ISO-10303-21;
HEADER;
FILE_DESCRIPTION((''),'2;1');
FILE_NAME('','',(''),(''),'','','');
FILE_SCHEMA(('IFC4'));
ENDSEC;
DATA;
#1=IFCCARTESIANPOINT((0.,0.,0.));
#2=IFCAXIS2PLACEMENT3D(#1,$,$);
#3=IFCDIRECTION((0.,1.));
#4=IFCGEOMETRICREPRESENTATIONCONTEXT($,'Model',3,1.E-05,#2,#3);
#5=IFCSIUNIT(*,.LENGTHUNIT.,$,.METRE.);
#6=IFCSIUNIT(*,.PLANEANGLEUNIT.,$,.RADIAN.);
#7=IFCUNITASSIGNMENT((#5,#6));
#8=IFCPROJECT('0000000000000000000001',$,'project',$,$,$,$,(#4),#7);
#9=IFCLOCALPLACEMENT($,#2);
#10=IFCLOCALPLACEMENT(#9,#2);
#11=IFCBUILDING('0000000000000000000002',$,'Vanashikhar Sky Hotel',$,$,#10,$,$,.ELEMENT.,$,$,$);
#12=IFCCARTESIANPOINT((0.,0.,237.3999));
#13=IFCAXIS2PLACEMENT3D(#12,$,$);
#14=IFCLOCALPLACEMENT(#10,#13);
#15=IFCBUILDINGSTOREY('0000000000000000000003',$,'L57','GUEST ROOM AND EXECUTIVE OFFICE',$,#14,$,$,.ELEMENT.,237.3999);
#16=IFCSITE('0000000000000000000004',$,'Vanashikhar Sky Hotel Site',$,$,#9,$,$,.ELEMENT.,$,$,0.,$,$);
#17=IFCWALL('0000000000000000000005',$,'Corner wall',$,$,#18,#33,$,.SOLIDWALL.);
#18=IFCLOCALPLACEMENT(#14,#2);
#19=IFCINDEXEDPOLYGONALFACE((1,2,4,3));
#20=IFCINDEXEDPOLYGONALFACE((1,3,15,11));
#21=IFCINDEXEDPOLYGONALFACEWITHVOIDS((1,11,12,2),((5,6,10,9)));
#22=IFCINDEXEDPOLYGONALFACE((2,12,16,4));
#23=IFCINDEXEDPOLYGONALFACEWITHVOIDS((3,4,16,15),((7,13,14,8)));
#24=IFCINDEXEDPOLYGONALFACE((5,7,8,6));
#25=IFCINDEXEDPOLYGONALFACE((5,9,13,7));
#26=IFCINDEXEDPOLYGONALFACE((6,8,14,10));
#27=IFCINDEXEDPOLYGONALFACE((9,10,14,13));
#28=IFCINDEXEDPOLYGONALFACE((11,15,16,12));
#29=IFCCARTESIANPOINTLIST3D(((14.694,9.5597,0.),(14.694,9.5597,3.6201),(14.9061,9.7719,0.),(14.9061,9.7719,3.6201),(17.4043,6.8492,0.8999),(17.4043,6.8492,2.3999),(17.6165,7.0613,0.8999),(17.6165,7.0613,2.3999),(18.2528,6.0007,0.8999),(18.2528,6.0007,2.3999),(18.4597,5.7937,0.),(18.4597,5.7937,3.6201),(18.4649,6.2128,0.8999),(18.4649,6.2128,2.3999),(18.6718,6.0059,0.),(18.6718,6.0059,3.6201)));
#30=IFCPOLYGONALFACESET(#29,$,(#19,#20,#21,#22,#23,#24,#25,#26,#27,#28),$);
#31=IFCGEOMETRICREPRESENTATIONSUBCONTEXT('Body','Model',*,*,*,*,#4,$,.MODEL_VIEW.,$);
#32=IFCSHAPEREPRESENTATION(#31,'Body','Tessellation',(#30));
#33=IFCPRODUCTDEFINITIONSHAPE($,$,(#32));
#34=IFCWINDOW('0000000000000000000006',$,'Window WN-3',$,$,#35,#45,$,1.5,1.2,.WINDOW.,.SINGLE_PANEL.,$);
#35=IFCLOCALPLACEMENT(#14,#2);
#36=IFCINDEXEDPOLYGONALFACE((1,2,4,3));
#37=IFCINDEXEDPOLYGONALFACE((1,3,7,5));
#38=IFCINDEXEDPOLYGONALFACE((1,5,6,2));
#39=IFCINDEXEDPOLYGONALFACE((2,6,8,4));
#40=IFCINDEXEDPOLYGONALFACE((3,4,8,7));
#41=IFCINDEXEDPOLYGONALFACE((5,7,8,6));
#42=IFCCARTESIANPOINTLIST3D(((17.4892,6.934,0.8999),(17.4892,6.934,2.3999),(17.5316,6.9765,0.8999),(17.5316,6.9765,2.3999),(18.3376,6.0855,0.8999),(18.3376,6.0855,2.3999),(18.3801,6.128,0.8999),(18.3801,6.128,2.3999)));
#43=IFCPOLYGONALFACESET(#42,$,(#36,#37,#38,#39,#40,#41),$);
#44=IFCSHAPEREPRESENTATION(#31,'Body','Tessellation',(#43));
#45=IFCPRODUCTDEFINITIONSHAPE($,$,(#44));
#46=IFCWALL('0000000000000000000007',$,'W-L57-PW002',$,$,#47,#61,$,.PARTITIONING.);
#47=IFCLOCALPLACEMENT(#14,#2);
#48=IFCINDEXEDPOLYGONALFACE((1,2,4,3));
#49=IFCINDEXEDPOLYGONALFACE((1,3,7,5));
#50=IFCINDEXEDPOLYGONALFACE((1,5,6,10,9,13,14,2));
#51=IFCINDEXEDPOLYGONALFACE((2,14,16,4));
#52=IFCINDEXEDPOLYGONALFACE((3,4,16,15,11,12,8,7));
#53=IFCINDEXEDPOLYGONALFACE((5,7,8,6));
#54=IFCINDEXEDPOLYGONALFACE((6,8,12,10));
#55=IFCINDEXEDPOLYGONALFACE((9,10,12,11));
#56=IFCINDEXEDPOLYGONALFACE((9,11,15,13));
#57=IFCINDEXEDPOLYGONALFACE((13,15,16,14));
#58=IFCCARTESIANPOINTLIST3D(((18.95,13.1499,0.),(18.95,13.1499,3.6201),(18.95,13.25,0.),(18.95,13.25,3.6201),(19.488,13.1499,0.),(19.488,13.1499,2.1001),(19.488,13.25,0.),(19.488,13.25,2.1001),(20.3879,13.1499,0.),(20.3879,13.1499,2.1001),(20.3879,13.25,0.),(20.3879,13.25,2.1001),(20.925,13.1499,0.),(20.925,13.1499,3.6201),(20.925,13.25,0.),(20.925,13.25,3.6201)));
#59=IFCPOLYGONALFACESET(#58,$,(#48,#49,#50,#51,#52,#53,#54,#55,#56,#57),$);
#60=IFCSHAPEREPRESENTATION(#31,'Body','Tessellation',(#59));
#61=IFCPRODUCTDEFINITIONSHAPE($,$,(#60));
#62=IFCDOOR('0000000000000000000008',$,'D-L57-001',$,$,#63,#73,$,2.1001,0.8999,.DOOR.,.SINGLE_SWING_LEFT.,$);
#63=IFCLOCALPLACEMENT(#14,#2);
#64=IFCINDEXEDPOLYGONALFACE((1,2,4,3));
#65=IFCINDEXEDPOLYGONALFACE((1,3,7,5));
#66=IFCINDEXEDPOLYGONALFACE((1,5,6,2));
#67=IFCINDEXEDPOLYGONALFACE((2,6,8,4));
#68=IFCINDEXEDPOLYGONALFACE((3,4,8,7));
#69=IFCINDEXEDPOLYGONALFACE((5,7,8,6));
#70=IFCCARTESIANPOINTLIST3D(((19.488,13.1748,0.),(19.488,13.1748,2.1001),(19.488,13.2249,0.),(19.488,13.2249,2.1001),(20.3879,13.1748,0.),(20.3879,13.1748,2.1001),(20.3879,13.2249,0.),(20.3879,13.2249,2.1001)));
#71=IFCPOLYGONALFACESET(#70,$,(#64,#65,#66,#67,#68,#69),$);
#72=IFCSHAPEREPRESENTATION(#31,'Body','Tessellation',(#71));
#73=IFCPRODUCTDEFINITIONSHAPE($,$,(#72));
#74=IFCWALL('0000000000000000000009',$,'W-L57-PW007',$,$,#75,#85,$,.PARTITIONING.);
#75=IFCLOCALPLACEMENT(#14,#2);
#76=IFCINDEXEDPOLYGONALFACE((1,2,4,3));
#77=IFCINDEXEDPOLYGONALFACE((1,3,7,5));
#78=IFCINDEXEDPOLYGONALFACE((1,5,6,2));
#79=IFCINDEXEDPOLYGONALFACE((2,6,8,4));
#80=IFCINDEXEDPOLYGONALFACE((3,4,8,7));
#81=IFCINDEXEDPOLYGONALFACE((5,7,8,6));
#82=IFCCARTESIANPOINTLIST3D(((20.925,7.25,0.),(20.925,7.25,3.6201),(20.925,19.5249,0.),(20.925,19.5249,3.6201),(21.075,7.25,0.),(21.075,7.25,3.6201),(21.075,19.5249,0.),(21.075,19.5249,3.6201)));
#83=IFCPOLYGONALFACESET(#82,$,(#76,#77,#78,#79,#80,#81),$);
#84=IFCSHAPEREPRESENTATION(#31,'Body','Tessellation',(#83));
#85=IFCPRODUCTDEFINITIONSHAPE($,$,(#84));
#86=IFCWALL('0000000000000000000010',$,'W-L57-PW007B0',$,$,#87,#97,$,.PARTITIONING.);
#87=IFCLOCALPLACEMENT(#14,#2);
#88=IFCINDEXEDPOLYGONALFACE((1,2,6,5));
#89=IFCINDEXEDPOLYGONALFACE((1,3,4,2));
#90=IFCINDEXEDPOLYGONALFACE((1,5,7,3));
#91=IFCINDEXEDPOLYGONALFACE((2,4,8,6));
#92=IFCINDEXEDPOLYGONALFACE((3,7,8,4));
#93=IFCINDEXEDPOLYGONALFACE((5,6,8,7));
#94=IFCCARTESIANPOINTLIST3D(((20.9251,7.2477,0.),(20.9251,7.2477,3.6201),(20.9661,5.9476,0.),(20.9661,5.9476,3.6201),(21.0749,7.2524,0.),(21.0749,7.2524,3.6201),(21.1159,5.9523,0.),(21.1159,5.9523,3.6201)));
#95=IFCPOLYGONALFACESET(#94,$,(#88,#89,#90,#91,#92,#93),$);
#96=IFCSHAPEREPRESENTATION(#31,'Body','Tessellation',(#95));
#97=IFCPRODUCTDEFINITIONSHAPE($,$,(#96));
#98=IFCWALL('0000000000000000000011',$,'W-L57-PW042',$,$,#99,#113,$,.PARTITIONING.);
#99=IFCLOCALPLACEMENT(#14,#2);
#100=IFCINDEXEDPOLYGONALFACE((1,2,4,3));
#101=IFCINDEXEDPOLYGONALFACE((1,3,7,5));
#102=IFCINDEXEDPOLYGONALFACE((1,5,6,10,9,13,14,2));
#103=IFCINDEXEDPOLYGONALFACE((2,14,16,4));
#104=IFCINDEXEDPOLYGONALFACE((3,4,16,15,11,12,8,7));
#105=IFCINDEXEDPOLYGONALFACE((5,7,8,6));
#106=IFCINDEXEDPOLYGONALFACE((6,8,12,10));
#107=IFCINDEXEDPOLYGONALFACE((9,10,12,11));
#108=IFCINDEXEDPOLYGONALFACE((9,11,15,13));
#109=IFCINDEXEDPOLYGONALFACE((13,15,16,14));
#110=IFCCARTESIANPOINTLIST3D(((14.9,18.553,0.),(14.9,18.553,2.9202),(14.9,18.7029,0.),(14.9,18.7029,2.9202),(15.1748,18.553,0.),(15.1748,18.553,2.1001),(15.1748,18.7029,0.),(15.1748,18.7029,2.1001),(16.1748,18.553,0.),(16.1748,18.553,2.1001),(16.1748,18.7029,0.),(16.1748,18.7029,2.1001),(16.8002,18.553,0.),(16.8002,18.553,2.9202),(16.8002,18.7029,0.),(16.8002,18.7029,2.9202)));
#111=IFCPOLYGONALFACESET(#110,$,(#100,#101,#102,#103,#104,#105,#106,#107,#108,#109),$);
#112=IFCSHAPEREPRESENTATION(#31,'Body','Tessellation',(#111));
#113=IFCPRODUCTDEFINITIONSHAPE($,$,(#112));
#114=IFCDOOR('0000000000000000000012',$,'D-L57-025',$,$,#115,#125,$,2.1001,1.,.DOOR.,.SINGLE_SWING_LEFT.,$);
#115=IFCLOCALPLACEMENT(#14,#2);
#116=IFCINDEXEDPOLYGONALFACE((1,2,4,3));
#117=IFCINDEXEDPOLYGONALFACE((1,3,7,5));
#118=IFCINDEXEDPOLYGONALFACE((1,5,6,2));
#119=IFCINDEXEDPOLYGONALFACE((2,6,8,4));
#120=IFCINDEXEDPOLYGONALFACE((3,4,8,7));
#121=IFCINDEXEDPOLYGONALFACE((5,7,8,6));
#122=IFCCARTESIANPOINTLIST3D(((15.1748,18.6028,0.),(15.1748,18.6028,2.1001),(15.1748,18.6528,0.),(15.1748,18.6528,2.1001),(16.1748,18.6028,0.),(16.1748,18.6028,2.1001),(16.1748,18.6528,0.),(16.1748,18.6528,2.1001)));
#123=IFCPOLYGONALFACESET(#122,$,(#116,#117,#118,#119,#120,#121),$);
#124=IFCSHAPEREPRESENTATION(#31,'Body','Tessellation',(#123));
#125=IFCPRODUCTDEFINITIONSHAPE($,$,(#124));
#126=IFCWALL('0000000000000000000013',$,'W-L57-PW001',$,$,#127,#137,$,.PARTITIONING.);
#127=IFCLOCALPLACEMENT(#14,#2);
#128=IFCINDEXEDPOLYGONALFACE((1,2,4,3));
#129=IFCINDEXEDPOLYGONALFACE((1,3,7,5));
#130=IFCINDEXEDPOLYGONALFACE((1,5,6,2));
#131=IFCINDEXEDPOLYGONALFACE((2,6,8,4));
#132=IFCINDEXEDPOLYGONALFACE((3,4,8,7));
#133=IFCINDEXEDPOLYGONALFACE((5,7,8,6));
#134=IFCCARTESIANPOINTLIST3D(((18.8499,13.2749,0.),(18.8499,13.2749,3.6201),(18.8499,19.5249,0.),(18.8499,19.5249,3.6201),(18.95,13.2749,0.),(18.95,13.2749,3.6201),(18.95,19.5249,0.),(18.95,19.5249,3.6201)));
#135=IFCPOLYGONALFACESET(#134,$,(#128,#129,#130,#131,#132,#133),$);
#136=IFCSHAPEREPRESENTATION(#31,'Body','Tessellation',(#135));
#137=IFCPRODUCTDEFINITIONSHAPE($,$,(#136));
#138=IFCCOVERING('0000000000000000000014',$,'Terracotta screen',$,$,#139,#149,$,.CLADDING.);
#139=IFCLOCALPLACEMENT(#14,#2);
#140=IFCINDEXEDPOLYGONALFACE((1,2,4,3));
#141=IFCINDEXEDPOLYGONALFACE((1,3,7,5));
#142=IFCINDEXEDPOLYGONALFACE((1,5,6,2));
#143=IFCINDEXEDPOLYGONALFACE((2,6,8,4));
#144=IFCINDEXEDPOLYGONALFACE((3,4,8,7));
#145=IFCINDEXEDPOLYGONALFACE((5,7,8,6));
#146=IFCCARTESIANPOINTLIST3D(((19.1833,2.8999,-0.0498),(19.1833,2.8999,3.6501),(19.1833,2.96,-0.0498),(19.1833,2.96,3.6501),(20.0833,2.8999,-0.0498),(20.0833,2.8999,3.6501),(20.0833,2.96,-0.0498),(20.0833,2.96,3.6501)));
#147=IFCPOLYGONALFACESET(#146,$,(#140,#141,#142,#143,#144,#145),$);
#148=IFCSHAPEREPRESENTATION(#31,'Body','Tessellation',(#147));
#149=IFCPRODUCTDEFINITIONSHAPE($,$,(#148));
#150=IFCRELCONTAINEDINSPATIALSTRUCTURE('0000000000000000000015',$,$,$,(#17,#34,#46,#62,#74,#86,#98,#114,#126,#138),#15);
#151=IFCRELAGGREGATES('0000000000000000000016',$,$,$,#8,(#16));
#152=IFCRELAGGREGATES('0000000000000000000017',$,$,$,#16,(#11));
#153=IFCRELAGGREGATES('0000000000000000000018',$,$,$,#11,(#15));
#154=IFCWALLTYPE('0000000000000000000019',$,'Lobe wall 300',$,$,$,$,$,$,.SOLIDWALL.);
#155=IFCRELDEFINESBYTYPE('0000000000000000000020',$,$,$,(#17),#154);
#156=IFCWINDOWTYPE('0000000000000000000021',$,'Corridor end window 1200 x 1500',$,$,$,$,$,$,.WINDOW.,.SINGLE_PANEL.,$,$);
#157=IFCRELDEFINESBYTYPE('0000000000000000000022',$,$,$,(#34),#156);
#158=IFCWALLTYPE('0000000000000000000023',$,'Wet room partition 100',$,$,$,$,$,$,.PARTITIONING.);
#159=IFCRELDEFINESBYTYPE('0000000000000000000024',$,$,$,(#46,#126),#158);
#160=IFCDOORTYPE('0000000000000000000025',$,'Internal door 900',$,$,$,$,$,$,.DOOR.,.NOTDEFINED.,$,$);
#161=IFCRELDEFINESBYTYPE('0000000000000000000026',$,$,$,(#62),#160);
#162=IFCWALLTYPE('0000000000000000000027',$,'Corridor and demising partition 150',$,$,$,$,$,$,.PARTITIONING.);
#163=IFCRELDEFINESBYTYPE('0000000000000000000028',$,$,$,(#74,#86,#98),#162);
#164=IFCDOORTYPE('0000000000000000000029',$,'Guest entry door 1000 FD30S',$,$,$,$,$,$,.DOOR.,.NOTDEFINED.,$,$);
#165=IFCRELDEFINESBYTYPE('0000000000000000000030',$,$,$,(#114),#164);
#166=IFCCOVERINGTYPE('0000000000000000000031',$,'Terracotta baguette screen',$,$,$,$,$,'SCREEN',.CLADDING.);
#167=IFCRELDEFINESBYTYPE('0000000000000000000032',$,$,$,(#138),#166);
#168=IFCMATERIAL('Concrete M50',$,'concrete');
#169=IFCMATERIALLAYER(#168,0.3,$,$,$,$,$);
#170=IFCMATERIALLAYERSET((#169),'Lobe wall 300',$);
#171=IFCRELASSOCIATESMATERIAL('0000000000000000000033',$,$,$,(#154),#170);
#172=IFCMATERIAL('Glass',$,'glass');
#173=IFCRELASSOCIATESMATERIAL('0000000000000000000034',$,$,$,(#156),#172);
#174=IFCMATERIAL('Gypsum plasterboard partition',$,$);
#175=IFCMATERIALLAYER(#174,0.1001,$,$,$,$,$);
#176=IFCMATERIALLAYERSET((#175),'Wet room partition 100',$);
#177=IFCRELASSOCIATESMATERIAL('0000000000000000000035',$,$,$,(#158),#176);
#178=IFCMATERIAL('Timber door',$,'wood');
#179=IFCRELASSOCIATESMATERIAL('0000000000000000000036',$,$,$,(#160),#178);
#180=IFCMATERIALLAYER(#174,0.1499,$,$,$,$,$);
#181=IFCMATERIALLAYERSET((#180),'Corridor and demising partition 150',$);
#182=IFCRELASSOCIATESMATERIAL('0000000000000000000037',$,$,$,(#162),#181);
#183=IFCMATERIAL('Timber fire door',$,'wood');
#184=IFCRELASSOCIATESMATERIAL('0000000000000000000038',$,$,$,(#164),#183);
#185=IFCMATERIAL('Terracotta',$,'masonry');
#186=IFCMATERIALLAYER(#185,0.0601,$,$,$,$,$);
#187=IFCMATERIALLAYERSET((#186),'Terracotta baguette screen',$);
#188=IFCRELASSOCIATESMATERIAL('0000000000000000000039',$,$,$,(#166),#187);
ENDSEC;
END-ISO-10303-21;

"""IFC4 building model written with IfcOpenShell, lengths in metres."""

from ifc_helpers import new_model, si_unit, direction, frame, frame_2d, origin, origin_2d, place, context, subcontext, project, spatial, rectangle, extrude, source, transform, mapped, material, layer, layer_set, type_object, element, fill, save


model = new_model("IFC4")

# Units and contexts
model_context = context("Model", 3, precision=1e-05, world=origin(), true_north=direction((0.0, 1.0)))
body_context = subcontext(model_context, "Body", "Model", "MODEL_VIEW")
ifc_project = project(units=[si_unit("LENGTHUNIT", "METRE"), si_unit("PLANEANGLEUNIT", "RADIAN")], contexts=[model_context])

# Site, building, storey
site_placement = place(None, origin())
site = spatial("IfcSite", under=ifc_project, at=site_placement, Name="Vanashikhar Sky Hotel Site", CompositionType="ELEMENT", RefElevation=0.0)
building_placement = place(site_placement, origin())
building = spatial("IfcBuilding", under=site, at=building_placement, Name="Vanashikhar Sky Hotel", CompositionType="ELEMENT")
storey_placement = place(building_placement, frame((0.0, 0.0, 237.3999)))
storey = spatial("IfcBuildingStorey", under=building, at=storey_placement, Name="L57", Description="GUEST ROOM AND EXECUTIVE OFFICE", CompositionType="ELEMENT", Elevation=237.3999)

# Shared definitions
ifc_material_1 = material(Name="Concrete M50", Category="concrete")

# Shared definitions
ifc_material_2 = material(Name="Glass", Category="glass")

# Wall, opening, window
ifc_layer_1 = layer(ifc_material_1, 0.3)
ifc_layer_set_1 = layer_set([ifc_layer_1], Name="Lobe wall 300")
wall_type_1 = type_object("IfcWallType", Name="Lobe wall 300", PredefinedType="SOLIDWALL", material=ifc_layer_set_1)
shared_shape_1 = source(origin(), body_context, "Body", "SweptSolid", [
    extrude(rectangle(XDim=5.3257, YDim=0.3, at=frame_2d((2.6628, 0.0))), origin(), (0.0, 0.0, 1.0), 3.6201),
])
wall_1_placement = place(storey_placement, frame((14.8, 9.6658, 0.0), z_axis=(0.0, 0.0, 1.0), x_axis=(0.707084, -0.70713, 0.0)))
wall_1 = element("IfcWall", 1, at=wall_1_placement, inside=storey, type_object=wall_type_1, Name="Corner wall", PredefinedType="SOLIDWALL", context=body_context, shape_type="MappedRepresentation", body=[
    mapped(shared_shape_1, transform((0.0, 0.0, 0.0), scale=1.0)),
])
shared_shape_2 = source(origin(), body_context, "Body", "SweptSolid", [
    extrude(rectangle(XDim=1.2, YDim=1.5, at=frame_2d((0.6001, 0.75))), frame((0.0, 0.1602, 0.0), z_axis=(0.0, -1.0, 0.0), x_axis=(1.0, 0.0, 0.0)), (0.0, 0.0, 1.0), 0.3201),
])
opening_1_placement = place(wall_1_placement, frame((3.833, 0.0, 0.8999)))
opening_1 = element("IfcOpeningElement", 2, at=opening_1_placement, cuts=wall_1, PredefinedType="OPENING", context=body_context, shape_type="MappedRepresentation", body=[
    mapped(shared_shape_2, transform((0.0, 0.0, 0.0), scale=1.0)),
])
window_type_1 = type_object("IfcWindowType", Name="Corridor end window 1200 x 1500", PartitioningType="SINGLE_PANEL", PredefinedType="WINDOW", material=ifc_material_2)
shared_shape_3 = source(origin(), body_context, "Body", "SweptSolid", [
    extrude(rectangle(XDim=1.2, YDim=1.5, at=frame_2d((0.6001, 0.75))), frame((0.0, 0.03, 0.0), z_axis=(0.0, -1.0, 0.0), x_axis=(1.0, 0.0, 0.0)), (0.0, 0.0, 1.0), 0.0601),
])
window_1_placement = place(opening_1_placement, origin())
window_1 = element("IfcWindow", 3, at=window_1_placement, inside=storey, type_object=window_type_1, Name="Window WN-3", OverallHeight=1.5, OverallWidth=1.2, PartitioningType="SINGLE_PANEL", PredefinedType="WINDOW", context=body_context, shape_type="MappedRepresentation", body=[
    mapped(shared_shape_3, transform((0.0, 0.0, 0.0), scale=1.0)),
])
fill(opening_1, window_1)

# Wall, opening, door
ifc_material_3 = material(Name="Gypsum plasterboard partition")
ifc_layer_2 = layer(ifc_material_3, 0.1001)
ifc_layer_set_2 = layer_set([ifc_layer_2], Name="Wet room partition 100")
wall_type_2 = type_object("IfcWallType", Name="Wet room partition 100", PredefinedType="PARTITIONING", material=ifc_layer_set_2)
shared_shape_4 = source(origin(), body_context, "Body", "SweptSolid", [
    extrude(rectangle(XDim=1.9751, YDim=0.1001, at=frame_2d((0.9875, 0.0))), origin(), (0.0, 0.0, 1.0), 3.6201),
])
wall_2_placement = place(storey_placement, frame((18.95, 13.2, 0.0), z_axis=(0.0, 0.0, 1.0), x_axis=(1.0, 0.0, 0.0)))
wall_2 = element("IfcWall", 4, at=wall_2_placement, inside=storey, type_object=wall_type_2, Name="W-L57-PW002", PredefinedType="PARTITIONING", context=body_context, shape_type="MappedRepresentation", body=[
    mapped(shared_shape_4, transform((0.0, 0.0, 0.0), scale=1.0)),
])
shared_shape_5 = source(origin(), body_context, "Body", "SweptSolid", [
    extrude(rectangle(XDim=0.8999, YDim=2.1001, at=frame_2d((0.45, 1.05))), frame((0.0, 0.0601, 0.0), z_axis=(0.0, -1.0, 0.0), x_axis=(1.0, 0.0, 0.0)), (0.0, 0.0, 1.0), 0.1201),
])
opening_2_placement = place(wall_2_placement, frame((0.5381, 0.0, 0.0)))
opening_2 = element("IfcOpeningElement", 5, at=opening_2_placement, cuts=wall_2, PredefinedType="OPENING", context=body_context, shape_type="MappedRepresentation", body=[
    mapped(shared_shape_5, transform((0.0, 0.0, 0.0), scale=1.0)),
])
ifc_material_4 = material(Name="Timber door", Category="wood")
door_type_1 = type_object("IfcDoorType", Name="Internal door 900", OperationType="NOTDEFINED", PredefinedType="DOOR", material=ifc_material_4)
shared_shape_6 = source(origin(), body_context, "Body", "SweptSolid", [
    extrude(rectangle(XDim=0.8999, YDim=2.1001, at=frame_2d((0.45, 1.05))), frame((0.0, 0.0249, 0.0), z_axis=(0.0, -1.0, 0.0), x_axis=(1.0, 0.0, 0.0)), (0.0, 0.0, 1.0), 0.05),
])
door_1_placement = place(opening_2_placement, origin())
door_1 = element("IfcDoor", 6, at=door_1_placement, inside=storey, type_object=door_type_1, Name="D-L57-001", OperationType="SINGLE_SWING_LEFT", OverallHeight=2.1001, OverallWidth=0.8999, PredefinedType="DOOR", context=body_context, shape_type="MappedRepresentation", body=[
    mapped(shared_shape_6, transform((0.0, 0.0, 0.0), scale=1.0)),
])
fill(opening_2, door_1)

# Walls
ifc_layer_3 = layer(ifc_material_3, 0.1499)
ifc_layer_set_3 = layer_set([ifc_layer_3], Name="Corridor and demising partition 150")
wall_type_3 = type_object("IfcWallType", Name="Corridor and demising partition 150", PredefinedType="PARTITIONING", material=ifc_layer_set_3)
shared_shape_7 = source(origin(), body_context, "Body", "SweptSolid", [
    extrude(rectangle(XDim=12.2749, YDim=0.1499, at=frame_2d((6.1375, 0.0))), origin(), (0.0, 0.0, 1.0), 3.6201),
])
wall_3_placement = place(storey_placement, frame((21.0, 7.25, 0.0), z_axis=(0.0, 0.0, 1.0), x_axis=(0.0, 1.0, 0.0)))
element("IfcWall", 7, at=wall_3_placement, inside=storey, type_object=wall_type_3, Name="W-L57-PW007", PredefinedType="PARTITIONING", context=body_context, shape_type="MappedRepresentation", body=[
    mapped(shared_shape_7, transform((0.0, 0.0, 0.0), scale=1.0)),
])
shared_shape_8 = source(origin(), body_context, "Body", "SweptSolid", [
    extrude(rectangle(XDim=1.3008, YDim=0.1499, at=frame_2d((0.6504, 0.0))), origin(), (0.0, 0.0, 1.0), 3.6201),
])
wall_4_placement = place(storey_placement, frame((21.041, 5.95, 0.0), z_axis=(0.0, 0.0, 1.0), x_axis=(-0.031534, 0.999503, 0.0)))
element("IfcWall", 8, at=wall_4_placement, inside=storey, type_object=wall_type_3, Name="W-L57-PW007B0", PredefinedType="PARTITIONING", context=body_context, shape_type="MappedRepresentation", body=[
    mapped(shared_shape_8, transform((0.0, 0.0, 0.0), scale=1.0)),
])

# Wall, opening, door
shared_shape_9 = source(origin(), body_context, "Body", "SweptSolid", [
    extrude(rectangle(XDim=1.9001, YDim=0.1499, at=frame_2d((0.9502, 0.0))), origin(), (0.0, 0.0, 1.0), 2.9202),
])
wall_5_placement = place(storey_placement, frame((14.8999, 18.6279, 0.0), z_axis=(0.0, 0.0, 1.0), x_axis=(1.0, 0.0, 0.0)))
wall_5 = element("IfcWall", 9, at=wall_5_placement, inside=storey, type_object=wall_type_3, Name="W-L57-PW042", PredefinedType="PARTITIONING", context=body_context, shape_type="MappedRepresentation", body=[
    mapped(shared_shape_9, transform((0.0, 0.0, 0.0), scale=1.0)),
])
shared_shape_10 = source(origin(), body_context, "Body", "SweptSolid", [
    extrude(rectangle(XDim=1.0, YDim=2.1001, at=frame_2d((0.5, 1.05))), frame((0.0, 0.085, 0.0), z_axis=(0.0, -1.0, 0.0), x_axis=(1.0, 0.0, 0.0)), (0.0, 0.0, 1.0), 0.1699),
])
opening_3_placement = place(wall_5_placement, frame((0.2749, 0.0, 0.0)))
opening_3 = element("IfcOpeningElement", 10, at=opening_3_placement, cuts=wall_5, PredefinedType="OPENING", context=body_context, shape_type="MappedRepresentation", body=[
    mapped(shared_shape_10, transform((0.0, 0.0, 0.0), scale=1.0)),
])
ifc_material_5 = material(Name="Timber fire door", Category="wood")
door_type_2 = type_object("IfcDoorType", Name="Guest entry door 1000 FD30S", OperationType="NOTDEFINED", PredefinedType="DOOR", material=ifc_material_5)
shared_shape_11 = source(origin(), body_context, "Body", "SweptSolid", [
    extrude(rectangle(XDim=1.0, YDim=2.1001, at=frame_2d((0.5, 1.05))), frame((0.0, 0.0249, 0.0), z_axis=(0.0, -1.0, 0.0), x_axis=(1.0, 0.0, 0.0)), (0.0, 0.0, 1.0), 0.05),
])
door_2_placement = place(opening_3_placement, origin())
door_2 = element("IfcDoor", 11, at=door_2_placement, inside=storey, type_object=door_type_2, Name="D-L57-025", OperationType="SINGLE_SWING_LEFT", OverallHeight=2.1001, OverallWidth=1.0, PredefinedType="DOOR", context=body_context, shape_type="MappedRepresentation", body=[
    mapped(shared_shape_11, transform((0.0, 0.0, 0.0), scale=1.0)),
])
fill(opening_3, door_2)

# Wall
shared_shape_12 = source(origin(), body_context, "Body", "SweptSolid", [
    extrude(rectangle(XDim=6.25, YDim=0.1001, at=frame_2d((3.125, 0.0))), origin(), (0.0, 0.0, 1.0), 3.6201),
])
wall_6_placement = place(storey_placement, frame((18.8999, 13.2749, 0.0), z_axis=(0.0, 0.0, 1.0), x_axis=(0.0, 1.0, 0.0)))
element("IfcWall", 12, at=wall_6_placement, inside=storey, type_object=wall_type_2, Name="W-L57-PW001", PredefinedType="PARTITIONING", context=body_context, shape_type="MappedRepresentation", body=[
    mapped(shared_shape_12, transform((0.0, 0.0, 0.0), scale=1.0)),
])

# Covering
ifc_material_6 = material(Name="Terracotta", Category="masonry")
ifc_layer_4 = layer(ifc_material_6, 0.0601)
ifc_layer_set_4 = layer_set([ifc_layer_4], Name="Terracotta baguette screen")
covering_type = type_object("IfcCoveringType", Name="Terracotta baguette screen", ElementType="SCREEN", PredefinedType="CLADDING", material=ifc_layer_set_4)
shared_shape_13 = source(origin(), body_context, "Body", "SweptSolid", [
    extrude(rectangle(XDim=0.8999, YDim=0.0601, at=origin_2d()), origin(), (0.0, 0.0, 1.0), 3.7),
])
for number, where, z_axis, x_axis, name in (
    (13, (19.6333, 2.9299, -0.0498), (0.0, 0.0, 1.0), (1.0, 0.0, 0.0), "Terracotta screen"),
):
    element("IfcCovering", number, at=place(storey_placement, frame(where, z_axis=z_axis, x_axis=x_axis)), inside=storey, type_object=covering_type, Name=name, PredefinedType="CLADDING", context=body_context, shape_type="MappedRepresentation", body=[
        mapped(shared_shape_13, transform((0.0, 0.0, 0.0), scale=1.0)),
    ])

save(model, "model.ifc")
